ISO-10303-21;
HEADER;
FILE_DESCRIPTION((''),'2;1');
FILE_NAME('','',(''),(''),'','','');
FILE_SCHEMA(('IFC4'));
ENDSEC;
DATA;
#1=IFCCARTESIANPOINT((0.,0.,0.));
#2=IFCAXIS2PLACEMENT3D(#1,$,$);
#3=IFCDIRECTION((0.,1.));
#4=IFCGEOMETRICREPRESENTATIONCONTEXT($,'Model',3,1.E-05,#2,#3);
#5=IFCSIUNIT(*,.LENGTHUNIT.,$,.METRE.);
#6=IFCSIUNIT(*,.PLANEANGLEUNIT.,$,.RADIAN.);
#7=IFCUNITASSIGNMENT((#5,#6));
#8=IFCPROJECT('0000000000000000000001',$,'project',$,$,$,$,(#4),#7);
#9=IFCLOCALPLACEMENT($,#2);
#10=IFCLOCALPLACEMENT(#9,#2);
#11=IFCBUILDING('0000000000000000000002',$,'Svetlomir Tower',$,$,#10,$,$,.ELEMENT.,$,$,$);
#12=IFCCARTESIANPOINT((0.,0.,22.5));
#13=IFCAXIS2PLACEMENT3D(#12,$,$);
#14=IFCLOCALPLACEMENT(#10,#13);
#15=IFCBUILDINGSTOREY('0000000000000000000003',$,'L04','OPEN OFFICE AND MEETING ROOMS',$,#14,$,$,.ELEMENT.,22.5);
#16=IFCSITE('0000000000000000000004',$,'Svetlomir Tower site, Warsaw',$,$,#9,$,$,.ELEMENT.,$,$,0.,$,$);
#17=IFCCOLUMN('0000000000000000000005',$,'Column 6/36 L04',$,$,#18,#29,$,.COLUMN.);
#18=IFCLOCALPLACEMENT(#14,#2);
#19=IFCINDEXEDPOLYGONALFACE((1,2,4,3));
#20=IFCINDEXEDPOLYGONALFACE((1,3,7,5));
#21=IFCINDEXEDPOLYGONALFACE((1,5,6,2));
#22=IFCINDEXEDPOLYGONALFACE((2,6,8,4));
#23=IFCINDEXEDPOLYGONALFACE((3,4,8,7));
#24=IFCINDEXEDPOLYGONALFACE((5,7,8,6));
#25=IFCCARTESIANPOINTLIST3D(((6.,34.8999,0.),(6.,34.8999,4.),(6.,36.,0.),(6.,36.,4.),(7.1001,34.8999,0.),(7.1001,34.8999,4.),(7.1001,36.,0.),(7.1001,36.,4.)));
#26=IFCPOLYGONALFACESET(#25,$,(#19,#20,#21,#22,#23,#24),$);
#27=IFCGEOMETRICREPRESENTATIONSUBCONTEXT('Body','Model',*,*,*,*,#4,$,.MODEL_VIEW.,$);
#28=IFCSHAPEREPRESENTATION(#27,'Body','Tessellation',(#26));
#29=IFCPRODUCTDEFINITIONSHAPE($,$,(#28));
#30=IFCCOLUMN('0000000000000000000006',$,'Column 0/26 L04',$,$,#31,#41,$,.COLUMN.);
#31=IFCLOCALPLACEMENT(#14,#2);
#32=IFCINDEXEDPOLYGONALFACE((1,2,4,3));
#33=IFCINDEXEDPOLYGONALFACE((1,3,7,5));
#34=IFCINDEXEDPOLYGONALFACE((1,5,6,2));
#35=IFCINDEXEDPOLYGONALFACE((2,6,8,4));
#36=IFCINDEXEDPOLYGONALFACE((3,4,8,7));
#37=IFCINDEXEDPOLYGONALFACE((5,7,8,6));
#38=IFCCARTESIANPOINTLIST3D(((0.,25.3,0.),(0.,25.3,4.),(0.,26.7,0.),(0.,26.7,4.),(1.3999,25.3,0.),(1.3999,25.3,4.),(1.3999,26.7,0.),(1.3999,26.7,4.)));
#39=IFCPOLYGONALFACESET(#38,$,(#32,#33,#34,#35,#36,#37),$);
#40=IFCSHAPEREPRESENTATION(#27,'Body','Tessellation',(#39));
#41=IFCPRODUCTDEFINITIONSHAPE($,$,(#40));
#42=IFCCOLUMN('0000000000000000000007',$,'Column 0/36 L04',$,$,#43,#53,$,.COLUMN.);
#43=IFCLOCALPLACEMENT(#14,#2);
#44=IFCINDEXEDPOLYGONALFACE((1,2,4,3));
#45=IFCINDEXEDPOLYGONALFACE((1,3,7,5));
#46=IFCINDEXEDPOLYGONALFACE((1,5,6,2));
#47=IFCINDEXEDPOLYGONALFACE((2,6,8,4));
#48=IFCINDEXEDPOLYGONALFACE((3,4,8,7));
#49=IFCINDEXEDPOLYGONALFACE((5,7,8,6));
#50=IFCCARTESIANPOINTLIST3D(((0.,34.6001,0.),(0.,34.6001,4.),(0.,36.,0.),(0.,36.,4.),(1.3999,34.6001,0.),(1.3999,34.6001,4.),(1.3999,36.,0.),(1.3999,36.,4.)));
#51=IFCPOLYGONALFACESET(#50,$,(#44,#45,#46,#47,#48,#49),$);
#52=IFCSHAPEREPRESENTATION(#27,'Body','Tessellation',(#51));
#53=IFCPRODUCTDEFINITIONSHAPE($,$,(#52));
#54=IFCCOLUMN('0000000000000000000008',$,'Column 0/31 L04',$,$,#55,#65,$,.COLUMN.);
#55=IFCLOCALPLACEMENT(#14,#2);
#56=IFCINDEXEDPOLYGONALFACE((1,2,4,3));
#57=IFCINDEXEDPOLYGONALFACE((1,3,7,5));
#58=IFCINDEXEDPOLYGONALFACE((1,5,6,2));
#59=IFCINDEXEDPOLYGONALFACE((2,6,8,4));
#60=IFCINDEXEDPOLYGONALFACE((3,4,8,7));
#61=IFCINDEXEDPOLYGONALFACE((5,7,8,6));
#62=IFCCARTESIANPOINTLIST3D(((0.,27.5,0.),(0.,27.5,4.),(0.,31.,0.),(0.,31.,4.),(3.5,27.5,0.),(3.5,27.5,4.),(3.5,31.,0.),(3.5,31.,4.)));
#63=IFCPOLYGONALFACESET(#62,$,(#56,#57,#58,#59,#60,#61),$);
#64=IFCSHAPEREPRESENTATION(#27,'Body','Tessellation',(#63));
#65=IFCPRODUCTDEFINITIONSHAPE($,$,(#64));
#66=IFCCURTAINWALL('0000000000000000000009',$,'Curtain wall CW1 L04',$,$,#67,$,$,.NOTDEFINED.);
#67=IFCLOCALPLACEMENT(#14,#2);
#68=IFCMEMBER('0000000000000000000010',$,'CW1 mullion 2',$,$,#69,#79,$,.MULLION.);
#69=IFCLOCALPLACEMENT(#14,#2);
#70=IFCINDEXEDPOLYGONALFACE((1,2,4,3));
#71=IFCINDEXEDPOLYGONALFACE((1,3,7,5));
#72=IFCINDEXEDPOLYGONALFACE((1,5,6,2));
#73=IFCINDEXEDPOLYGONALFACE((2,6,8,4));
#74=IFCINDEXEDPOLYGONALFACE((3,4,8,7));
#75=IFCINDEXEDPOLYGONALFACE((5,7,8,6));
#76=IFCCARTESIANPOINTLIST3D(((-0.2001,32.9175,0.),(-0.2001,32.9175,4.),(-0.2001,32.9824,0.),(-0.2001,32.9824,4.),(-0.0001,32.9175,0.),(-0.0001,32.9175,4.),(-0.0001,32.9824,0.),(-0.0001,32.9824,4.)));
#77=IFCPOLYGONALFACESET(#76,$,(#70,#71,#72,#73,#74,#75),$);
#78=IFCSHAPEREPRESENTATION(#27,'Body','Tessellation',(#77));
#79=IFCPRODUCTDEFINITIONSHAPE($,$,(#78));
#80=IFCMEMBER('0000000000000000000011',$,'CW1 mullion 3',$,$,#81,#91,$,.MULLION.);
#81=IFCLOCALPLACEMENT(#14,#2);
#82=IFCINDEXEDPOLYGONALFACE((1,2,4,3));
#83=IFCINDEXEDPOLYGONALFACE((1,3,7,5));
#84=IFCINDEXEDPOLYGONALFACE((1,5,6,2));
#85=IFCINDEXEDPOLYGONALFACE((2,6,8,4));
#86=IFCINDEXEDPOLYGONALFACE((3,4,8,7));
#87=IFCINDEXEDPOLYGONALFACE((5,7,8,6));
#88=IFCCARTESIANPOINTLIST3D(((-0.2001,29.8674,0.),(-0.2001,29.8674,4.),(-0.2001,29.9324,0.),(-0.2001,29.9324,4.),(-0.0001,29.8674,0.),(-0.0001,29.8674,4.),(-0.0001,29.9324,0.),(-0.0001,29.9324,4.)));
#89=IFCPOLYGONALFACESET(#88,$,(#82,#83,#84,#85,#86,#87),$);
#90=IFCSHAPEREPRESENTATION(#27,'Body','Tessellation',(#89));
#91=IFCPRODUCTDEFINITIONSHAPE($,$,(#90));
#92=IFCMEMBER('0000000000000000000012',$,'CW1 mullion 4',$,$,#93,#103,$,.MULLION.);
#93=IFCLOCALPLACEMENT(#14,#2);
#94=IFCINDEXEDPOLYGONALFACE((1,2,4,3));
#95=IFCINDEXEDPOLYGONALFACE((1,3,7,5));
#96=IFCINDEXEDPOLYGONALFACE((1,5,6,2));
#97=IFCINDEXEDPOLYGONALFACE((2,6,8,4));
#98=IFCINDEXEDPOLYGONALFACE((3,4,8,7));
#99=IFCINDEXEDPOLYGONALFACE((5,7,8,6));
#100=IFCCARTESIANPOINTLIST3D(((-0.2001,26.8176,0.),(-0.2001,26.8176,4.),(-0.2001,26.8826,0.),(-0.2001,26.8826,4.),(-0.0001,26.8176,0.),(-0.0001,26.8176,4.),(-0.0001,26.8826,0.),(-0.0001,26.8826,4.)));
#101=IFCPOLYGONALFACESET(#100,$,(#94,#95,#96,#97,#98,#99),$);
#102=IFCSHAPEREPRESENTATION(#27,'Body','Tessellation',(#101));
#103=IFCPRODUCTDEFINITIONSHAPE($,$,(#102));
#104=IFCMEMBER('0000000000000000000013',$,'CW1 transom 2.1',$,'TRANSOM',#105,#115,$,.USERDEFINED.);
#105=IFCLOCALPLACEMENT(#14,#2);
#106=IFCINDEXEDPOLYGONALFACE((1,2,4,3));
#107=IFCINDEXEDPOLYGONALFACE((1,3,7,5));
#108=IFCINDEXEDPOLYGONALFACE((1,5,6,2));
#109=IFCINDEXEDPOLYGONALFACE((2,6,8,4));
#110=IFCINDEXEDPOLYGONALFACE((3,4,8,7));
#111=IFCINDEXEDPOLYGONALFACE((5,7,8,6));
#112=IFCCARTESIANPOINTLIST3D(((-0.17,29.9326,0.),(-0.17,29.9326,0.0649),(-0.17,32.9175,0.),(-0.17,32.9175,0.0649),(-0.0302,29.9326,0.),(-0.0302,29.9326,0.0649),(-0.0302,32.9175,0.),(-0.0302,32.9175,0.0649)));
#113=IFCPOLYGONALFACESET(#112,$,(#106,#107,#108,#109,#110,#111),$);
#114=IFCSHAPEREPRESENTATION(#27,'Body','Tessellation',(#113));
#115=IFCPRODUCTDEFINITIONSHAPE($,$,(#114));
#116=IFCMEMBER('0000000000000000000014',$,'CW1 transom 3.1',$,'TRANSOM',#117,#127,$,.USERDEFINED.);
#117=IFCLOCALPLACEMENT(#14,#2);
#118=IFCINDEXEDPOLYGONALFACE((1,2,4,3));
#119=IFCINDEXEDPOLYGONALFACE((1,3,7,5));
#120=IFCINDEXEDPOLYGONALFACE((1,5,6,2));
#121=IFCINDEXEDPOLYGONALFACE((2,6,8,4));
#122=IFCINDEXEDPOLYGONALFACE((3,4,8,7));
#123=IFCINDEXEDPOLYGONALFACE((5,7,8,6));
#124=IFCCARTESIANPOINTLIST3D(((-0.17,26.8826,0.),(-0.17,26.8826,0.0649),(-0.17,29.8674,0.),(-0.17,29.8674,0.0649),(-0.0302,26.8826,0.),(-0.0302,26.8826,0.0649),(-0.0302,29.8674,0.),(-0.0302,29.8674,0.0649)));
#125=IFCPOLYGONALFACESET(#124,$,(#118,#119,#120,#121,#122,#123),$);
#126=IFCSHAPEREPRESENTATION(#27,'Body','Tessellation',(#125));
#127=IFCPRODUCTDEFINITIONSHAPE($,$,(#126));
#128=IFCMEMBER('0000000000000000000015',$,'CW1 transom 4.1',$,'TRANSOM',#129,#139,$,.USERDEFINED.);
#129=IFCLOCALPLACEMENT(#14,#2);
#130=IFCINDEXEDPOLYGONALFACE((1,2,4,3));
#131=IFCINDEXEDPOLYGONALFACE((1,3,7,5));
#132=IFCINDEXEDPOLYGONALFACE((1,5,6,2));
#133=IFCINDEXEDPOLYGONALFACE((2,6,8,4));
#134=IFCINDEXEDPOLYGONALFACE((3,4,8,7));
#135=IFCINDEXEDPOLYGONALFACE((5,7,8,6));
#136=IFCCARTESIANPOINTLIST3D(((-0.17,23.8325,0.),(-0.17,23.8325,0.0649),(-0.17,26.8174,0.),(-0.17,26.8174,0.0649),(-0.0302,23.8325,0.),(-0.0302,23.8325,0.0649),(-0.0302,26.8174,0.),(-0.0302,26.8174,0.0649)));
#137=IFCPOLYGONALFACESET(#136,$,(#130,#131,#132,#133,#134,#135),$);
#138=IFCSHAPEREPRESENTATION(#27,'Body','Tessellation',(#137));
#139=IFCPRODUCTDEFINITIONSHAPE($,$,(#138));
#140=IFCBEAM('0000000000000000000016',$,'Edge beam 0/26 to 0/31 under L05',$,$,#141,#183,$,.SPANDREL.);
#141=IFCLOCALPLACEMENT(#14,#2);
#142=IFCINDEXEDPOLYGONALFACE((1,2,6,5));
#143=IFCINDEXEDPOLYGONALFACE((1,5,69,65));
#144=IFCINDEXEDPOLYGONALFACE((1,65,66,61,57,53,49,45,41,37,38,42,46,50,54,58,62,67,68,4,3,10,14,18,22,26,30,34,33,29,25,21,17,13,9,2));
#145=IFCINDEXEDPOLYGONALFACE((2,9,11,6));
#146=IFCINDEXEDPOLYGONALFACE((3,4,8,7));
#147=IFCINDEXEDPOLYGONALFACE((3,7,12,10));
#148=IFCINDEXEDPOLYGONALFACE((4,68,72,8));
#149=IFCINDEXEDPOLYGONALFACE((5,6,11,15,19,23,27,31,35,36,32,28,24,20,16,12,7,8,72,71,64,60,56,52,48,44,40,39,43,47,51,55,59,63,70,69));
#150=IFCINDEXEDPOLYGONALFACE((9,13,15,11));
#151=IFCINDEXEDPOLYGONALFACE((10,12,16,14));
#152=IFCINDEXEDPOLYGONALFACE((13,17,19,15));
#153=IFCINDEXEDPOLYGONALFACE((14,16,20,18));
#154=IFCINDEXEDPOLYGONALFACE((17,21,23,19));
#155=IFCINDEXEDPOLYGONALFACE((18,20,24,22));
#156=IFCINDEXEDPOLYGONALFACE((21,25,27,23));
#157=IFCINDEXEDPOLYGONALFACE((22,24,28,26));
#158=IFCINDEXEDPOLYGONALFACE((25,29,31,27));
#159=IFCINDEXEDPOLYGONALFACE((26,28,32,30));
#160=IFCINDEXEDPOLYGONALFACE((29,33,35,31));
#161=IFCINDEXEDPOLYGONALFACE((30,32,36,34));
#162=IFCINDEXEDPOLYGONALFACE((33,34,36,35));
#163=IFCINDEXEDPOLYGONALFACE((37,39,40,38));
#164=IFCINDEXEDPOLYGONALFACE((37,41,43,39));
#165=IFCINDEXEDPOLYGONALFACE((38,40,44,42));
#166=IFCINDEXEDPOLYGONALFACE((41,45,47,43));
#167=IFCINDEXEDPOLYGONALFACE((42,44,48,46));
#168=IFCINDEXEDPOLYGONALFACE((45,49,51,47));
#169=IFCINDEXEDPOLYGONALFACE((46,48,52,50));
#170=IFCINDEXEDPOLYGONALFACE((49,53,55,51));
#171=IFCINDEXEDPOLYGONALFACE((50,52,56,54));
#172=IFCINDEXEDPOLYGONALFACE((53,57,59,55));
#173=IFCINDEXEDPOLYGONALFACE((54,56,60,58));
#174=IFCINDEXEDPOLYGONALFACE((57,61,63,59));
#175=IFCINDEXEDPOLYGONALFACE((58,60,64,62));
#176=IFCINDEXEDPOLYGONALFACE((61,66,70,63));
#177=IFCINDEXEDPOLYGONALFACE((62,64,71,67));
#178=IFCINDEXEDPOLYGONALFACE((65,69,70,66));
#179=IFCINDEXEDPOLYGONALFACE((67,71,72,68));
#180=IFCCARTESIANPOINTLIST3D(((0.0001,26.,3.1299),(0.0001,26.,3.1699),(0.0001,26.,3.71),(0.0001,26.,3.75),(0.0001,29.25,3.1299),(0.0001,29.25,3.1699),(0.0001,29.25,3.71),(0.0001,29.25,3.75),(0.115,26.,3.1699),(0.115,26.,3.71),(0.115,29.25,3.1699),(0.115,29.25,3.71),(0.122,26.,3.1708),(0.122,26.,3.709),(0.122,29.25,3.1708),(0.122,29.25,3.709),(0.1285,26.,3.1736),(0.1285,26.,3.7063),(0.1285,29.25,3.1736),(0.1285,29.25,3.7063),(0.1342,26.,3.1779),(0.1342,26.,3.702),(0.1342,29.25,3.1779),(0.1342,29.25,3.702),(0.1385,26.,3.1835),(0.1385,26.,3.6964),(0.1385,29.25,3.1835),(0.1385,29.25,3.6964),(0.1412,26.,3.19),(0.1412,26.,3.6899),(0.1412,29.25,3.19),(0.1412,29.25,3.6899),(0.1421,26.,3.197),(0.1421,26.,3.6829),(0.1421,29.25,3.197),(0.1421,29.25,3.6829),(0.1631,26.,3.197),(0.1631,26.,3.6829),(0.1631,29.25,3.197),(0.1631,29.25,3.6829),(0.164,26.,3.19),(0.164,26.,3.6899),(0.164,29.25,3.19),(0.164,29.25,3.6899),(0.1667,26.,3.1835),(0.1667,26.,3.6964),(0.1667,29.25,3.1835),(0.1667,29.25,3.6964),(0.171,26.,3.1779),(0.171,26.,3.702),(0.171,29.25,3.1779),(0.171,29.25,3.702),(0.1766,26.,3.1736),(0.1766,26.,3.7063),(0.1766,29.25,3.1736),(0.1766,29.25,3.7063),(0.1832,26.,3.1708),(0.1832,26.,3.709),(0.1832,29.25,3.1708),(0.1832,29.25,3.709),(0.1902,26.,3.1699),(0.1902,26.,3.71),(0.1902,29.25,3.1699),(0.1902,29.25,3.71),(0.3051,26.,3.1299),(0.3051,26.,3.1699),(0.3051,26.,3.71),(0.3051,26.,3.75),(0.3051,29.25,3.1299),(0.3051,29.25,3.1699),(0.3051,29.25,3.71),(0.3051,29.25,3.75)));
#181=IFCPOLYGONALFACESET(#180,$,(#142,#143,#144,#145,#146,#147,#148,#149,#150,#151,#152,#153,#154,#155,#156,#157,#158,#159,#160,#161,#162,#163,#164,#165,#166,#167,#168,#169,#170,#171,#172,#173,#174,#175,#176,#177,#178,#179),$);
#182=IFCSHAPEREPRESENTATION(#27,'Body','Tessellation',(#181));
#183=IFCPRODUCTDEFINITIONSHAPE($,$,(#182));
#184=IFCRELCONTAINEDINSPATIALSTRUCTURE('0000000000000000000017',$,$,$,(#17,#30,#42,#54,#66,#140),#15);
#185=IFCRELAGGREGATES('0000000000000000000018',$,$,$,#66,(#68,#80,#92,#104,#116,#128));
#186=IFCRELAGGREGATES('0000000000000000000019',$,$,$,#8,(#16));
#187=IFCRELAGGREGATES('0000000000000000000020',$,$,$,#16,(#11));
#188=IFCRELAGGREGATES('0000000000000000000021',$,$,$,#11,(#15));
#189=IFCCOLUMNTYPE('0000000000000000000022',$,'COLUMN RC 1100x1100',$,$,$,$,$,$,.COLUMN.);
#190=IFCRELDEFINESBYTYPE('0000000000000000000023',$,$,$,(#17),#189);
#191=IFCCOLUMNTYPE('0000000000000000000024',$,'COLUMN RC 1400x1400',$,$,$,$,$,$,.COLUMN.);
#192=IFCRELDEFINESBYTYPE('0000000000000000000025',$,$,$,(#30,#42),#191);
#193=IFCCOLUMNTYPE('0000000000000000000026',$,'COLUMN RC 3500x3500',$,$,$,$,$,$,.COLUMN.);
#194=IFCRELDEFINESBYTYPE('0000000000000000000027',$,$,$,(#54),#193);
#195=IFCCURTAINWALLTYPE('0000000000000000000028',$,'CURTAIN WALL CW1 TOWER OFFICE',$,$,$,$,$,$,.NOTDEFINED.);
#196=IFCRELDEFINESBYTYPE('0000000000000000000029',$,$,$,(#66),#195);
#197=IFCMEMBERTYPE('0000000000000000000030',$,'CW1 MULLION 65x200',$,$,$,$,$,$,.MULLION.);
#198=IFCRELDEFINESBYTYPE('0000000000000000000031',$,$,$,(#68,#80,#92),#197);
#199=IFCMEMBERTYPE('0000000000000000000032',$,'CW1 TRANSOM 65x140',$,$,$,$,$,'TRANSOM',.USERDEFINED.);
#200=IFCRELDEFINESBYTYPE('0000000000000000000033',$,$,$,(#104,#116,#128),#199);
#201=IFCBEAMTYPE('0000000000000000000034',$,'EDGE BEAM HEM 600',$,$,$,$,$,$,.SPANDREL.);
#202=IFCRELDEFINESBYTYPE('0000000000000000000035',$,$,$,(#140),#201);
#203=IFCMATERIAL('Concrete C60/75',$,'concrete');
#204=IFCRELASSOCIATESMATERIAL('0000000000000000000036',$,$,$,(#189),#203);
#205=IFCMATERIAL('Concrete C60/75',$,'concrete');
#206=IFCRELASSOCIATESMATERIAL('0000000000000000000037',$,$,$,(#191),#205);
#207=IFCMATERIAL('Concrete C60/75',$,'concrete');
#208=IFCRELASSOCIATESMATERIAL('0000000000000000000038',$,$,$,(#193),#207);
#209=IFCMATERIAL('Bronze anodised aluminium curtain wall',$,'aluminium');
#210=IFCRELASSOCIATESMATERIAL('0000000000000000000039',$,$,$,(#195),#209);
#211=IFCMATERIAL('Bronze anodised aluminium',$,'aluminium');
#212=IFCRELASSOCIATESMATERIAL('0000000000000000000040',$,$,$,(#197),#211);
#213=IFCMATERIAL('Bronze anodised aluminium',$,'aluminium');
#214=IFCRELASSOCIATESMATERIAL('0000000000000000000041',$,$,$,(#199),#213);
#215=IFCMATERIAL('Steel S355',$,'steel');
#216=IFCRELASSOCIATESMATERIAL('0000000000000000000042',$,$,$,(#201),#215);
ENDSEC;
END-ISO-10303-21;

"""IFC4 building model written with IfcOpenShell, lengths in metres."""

from ifc_helpers import new_model, si_unit, direction, frame, origin, origin_2d, place, context, subcontext, project, spatial, rectangle, i_section, extrude, material, material_profile, profile_set, type_object, element, aggregate, save


model = new_model("IFC4")

# Units and contexts
model_context = context("Model", 3, precision=1e-05, world=origin(), true_north=direction((0.0, 1.0)))
body_context = subcontext(model_context, "Body", "Model", "MODEL_VIEW")
ifc_project = project(units=[si_unit("LENGTHUNIT", "METRE"), si_unit("PLANEANGLEUNIT", "RADIAN")], contexts=[model_context])

# Site, building, storey
site_placement = place(None, origin())
site = spatial("IfcSite", under=ifc_project, at=site_placement, Name="Svetlomir Tower site, Warsaw", CompositionType="ELEMENT", RefElevation=0.0)
building_placement = place(site_placement, origin())
building = spatial("IfcBuilding", under=site, at=building_placement, Name="Svetlomir Tower", CompositionType="ELEMENT")
storey_placement = place(building_placement, frame((0.0, 0.0, 22.5)))
storey = spatial("IfcBuildingStorey", under=building, at=storey_placement, Name="L04", Description="OPEN OFFICE AND MEETING ROOMS", CompositionType="ELEMENT", Elevation=22.5)

# Columns
ifc_material_1 = material(Name="Concrete C60/75", Category="concrete")
ifc_material_profile_1 = material_profile(ifc_material_1, rectangle(XDim=1.1001, YDim=1.1001, at=origin_2d()), Name="RC 1100x1100")
ifc_profile_set_1 = profile_set([ifc_material_profile_1], Name="Concrete C60/75")
column_type_1 = type_object("IfcColumnType", Name="COLUMN RC 1100x1100", PredefinedType="COLUMN", material=ifc_profile_set_1)
column_1_placement = place(storey_placement, frame((6.55, 35.45, 0.0), z_axis=(0.0, 0.0, 1.0), x_axis=(1.0, 0.0, 0.0)))
element("IfcColumn", 1, at=column_1_placement, inside=storey, type_object=column_type_1, Name="Column 6/36 L04", PredefinedType="COLUMN", context=body_context, shape_type="SweptSolid", body=[
    extrude(rectangle(XDim=1.1001, YDim=1.1001, at=origin_2d()), origin(), (0.0, 0.0, 1.0), 4.0),
])
ifc_material_2 = material(Name="Concrete C60/75", Category="concrete")
ifc_material_profile_2 = material_profile(ifc_material_2, rectangle(XDim=1.3999, YDim=1.3999, at=origin_2d()), Name="RC 1400x1400")
ifc_profile_set_2 = profile_set([ifc_material_profile_2], Name="Concrete C60/75")
column_type_2 = type_object("IfcColumnType", Name="COLUMN RC 1400x1400", PredefinedType="COLUMN", material=ifc_profile_set_2)
for number, where, z_axis, x_axis, name in (
    (2, (0.7, 26.0, 0.0), (0.0, 0.0, 1.0), (1.0, 0.0, 0.0), "Column 0/26 L04"),
    (3, (0.7, 35.3, 0.0), (0.0, 0.0, 1.0), (1.0, 0.0, 0.0), "Column 0/36 L04"),
):
    element("IfcColumn", number, at=place(storey_placement, frame(where, z_axis=z_axis, x_axis=x_axis)), inside=storey, type_object=column_type_2, Name=name, PredefinedType="COLUMN", context=body_context, shape_type="SweptSolid", body=[
        extrude(rectangle(XDim=1.3999, YDim=1.3999, at=origin_2d()), origin(), (0.0, 0.0, 1.0), 4.0),
    ])
ifc_material_3 = material(Name="Concrete C60/75", Category="concrete")
ifc_material_profile_3 = material_profile(ifc_material_3, rectangle(XDim=3.5, YDim=3.5, at=origin_2d()), Name="RC 3500x3500")
ifc_profile_set_3 = profile_set([ifc_material_profile_3], Name="Concrete C60/75")
column_type_3 = type_object("IfcColumnType", Name="COLUMN RC 3500x3500", PredefinedType="COLUMN", material=ifc_profile_set_3)
column_2_placement = place(storey_placement, frame((1.75, 29.25, 0.0), z_axis=(0.0, 0.0, 1.0), x_axis=(1.0, 0.0, 0.0)))
element("IfcColumn", 4, at=column_2_placement, inside=storey, type_object=column_type_3, Name="Column 0/31 L04", PredefinedType="COLUMN", context=body_context, shape_type="SweptSolid", body=[
    extrude(rectangle(XDim=3.5, YDim=3.5, at=origin_2d()), origin(), (0.0, 0.0, 1.0), 4.0),
])

# Curtain wall, members
ifc_material_4 = material(Name="Bronze anodised aluminium curtain wall", Category="aluminium")
curtain_wall_type = type_object("IfcCurtainWallType", Name="CURTAIN WALL CW1 TOWER OFFICE", PredefinedType="NOTDEFINED", material=ifc_material_4)
curtain_wall_placement = place(storey_placement, origin())
curtain_wall = element("IfcCurtainWall", 5, at=curtain_wall_placement, inside=storey, type_object=curtain_wall_type, Name="Curtain wall CW1 L04", PredefinedType="NOTDEFINED")
ifc_material_5 = material(Name="Bronze anodised aluminium", Category="aluminium")
ifc_material_profile_4 = material_profile(ifc_material_5, rectangle(XDim=0.0649, YDim=0.2, at=origin_2d()), Name="AL 65x200")
ifc_profile_set_4 = profile_set([ifc_material_profile_4], Name="Bronze anodised aluminium 6063-T6")
member_type_1 = type_object("IfcMemberType", Name="CW1 MULLION 65x200", PredefinedType="MULLION", material=ifc_profile_set_4)
member_1_placement = place(storey_placement, frame((-0.1001, 32.95, 0.0), z_axis=(0.0, 0.0, 1.0), x_axis=(0.0, -1.0, 0.0)))
member_1 = element("IfcMember", 6, at=member_1_placement, type_object=member_type_1, Name="CW1 mullion 2", PredefinedType="MULLION", context=body_context, shape_type="SweptSolid", body=[
    extrude(rectangle(XDim=0.0649, YDim=0.2, at=origin_2d()), origin(), (0.0, 0.0, 1.0), 4.0),
])
member_2_placement = place(storey_placement, frame((-0.1001, 29.8999, 0.0), z_axis=(0.0, 0.0, 1.0), x_axis=(0.0, -1.0, 0.0)))
member_2 = element("IfcMember", 7, at=member_2_placement, type_object=member_type_1, Name="CW1 mullion 3", PredefinedType="MULLION", context=body_context, shape_type="SweptSolid", body=[
    extrude(rectangle(XDim=0.0649, YDim=0.2, at=origin_2d()), origin(), (0.0, 0.0, 1.0), 4.0),
])
member_3_placement = place(storey_placement, frame((-0.1001, 26.8501, 0.0), z_axis=(0.0, 0.0, 1.0), x_axis=(0.0, -1.0, 0.0)))
member_3 = element("IfcMember", 8, at=member_3_placement, type_object=member_type_1, Name="CW1 mullion 4", PredefinedType="MULLION", context=body_context, shape_type="SweptSolid", body=[
    extrude(rectangle(XDim=0.0649, YDim=0.2, at=origin_2d()), origin(), (0.0, 0.0, 1.0), 4.0),
])
ifc_material_6 = material(Name="Bronze anodised aluminium", Category="aluminium")
ifc_material_profile_5 = material_profile(ifc_material_6, rectangle(XDim=0.1399, YDim=0.0649, at=origin_2d()), Name="AL 140x65")
ifc_profile_set_5 = profile_set([ifc_material_profile_5], Name="Bronze anodised aluminium 6063-T6")
member_type_2 = type_object("IfcMemberType", Name="CW1 TRANSOM 65x140", ElementType="TRANSOM", PredefinedType="USERDEFINED", material=ifc_profile_set_5)
member_4_placement = place(storey_placement, frame((-0.1001, 32.9175, 0.0325), z_axis=(0.0, -1.0, 0.0), x_axis=(1.0, 0.0, 0.0)))
member_4 = element("IfcMember", 9, at=member_4_placement, type_object=member_type_2, Name="CW1 transom 2.1", ObjectType="TRANSOM", PredefinedType="USERDEFINED", context=body_context, shape_type="SweptSolid", body=[
    extrude(rectangle(XDim=0.1399, YDim=0.0649, at=origin_2d()), origin(), (0.0, 0.0, 1.0), 2.9849),
])
member_5_placement = place(storey_placement, frame((-0.1001, 29.8674, 0.0325), z_axis=(0.0, -1.0, 0.0), x_axis=(1.0, 0.0, 0.0)))
member_5 = element("IfcMember", 10, at=member_5_placement, type_object=member_type_2, Name="CW1 transom 3.1", ObjectType="TRANSOM", PredefinedType="USERDEFINED", context=body_context, shape_type="SweptSolid", body=[
    extrude(rectangle(XDim=0.1399, YDim=0.0649, at=origin_2d()), origin(), (0.0, 0.0, 1.0), 2.9849),
])
member_6_placement = place(storey_placement, frame((-0.1001, 26.8174, 0.0325), z_axis=(0.0, -1.0, 0.0), x_axis=(1.0, 0.0, 0.0)))
member_6 = element("IfcMember", 11, at=member_6_placement, type_object=member_type_2, Name="CW1 transom 4.1", ObjectType="TRANSOM", PredefinedType="USERDEFINED", context=body_context, shape_type="SweptSolid", body=[
    extrude(rectangle(XDim=0.1399, YDim=0.0649, at=origin_2d()), origin(), (0.0, 0.0, 1.0), 2.9849),
])

# Beam
ifc_material_7 = material(Name="Steel S355", Category="steel")
ifc_material_profile_6 = material_profile(ifc_material_7, i_section(OverallWidth=0.3049, OverallDepth=0.6201, WebThickness=0.021, FlangeThickness=0.04, FilletRadius=0.0271, at=origin_2d()), Name="HEM 600")
ifc_profile_set_6 = profile_set([ifc_material_profile_6], Name="Steel S355")
beam_type = type_object("IfcBeamType", Name="EDGE BEAM HEM 600", PredefinedType="SPANDREL", material=ifc_profile_set_6)
beam_1_placement = place(storey_placement, frame((0.1526, 26.0, 3.4399), z_axis=(0.0, 1.0, 0.0), x_axis=(-1.0, 0.0, 0.0)))
element("IfcBeam", 12, at=beam_1_placement, inside=storey, type_object=beam_type, Name="Edge beam 0/26 to 0/31 under L05", PredefinedType="SPANDREL", context=body_context, shape_type="SweptSolid", body=[
    extrude(i_section(OverallWidth=0.3049, OverallDepth=0.6201, WebThickness=0.021, FlangeThickness=0.04, FilletRadius=0.0271, at=origin_2d()), origin(), (0.0, 0.0, 1.0), 3.25),
])

aggregate(curtain_wall, [member_1, member_2, member_3, member_4, member_5, member_6])

save(model, "model.ifc")
